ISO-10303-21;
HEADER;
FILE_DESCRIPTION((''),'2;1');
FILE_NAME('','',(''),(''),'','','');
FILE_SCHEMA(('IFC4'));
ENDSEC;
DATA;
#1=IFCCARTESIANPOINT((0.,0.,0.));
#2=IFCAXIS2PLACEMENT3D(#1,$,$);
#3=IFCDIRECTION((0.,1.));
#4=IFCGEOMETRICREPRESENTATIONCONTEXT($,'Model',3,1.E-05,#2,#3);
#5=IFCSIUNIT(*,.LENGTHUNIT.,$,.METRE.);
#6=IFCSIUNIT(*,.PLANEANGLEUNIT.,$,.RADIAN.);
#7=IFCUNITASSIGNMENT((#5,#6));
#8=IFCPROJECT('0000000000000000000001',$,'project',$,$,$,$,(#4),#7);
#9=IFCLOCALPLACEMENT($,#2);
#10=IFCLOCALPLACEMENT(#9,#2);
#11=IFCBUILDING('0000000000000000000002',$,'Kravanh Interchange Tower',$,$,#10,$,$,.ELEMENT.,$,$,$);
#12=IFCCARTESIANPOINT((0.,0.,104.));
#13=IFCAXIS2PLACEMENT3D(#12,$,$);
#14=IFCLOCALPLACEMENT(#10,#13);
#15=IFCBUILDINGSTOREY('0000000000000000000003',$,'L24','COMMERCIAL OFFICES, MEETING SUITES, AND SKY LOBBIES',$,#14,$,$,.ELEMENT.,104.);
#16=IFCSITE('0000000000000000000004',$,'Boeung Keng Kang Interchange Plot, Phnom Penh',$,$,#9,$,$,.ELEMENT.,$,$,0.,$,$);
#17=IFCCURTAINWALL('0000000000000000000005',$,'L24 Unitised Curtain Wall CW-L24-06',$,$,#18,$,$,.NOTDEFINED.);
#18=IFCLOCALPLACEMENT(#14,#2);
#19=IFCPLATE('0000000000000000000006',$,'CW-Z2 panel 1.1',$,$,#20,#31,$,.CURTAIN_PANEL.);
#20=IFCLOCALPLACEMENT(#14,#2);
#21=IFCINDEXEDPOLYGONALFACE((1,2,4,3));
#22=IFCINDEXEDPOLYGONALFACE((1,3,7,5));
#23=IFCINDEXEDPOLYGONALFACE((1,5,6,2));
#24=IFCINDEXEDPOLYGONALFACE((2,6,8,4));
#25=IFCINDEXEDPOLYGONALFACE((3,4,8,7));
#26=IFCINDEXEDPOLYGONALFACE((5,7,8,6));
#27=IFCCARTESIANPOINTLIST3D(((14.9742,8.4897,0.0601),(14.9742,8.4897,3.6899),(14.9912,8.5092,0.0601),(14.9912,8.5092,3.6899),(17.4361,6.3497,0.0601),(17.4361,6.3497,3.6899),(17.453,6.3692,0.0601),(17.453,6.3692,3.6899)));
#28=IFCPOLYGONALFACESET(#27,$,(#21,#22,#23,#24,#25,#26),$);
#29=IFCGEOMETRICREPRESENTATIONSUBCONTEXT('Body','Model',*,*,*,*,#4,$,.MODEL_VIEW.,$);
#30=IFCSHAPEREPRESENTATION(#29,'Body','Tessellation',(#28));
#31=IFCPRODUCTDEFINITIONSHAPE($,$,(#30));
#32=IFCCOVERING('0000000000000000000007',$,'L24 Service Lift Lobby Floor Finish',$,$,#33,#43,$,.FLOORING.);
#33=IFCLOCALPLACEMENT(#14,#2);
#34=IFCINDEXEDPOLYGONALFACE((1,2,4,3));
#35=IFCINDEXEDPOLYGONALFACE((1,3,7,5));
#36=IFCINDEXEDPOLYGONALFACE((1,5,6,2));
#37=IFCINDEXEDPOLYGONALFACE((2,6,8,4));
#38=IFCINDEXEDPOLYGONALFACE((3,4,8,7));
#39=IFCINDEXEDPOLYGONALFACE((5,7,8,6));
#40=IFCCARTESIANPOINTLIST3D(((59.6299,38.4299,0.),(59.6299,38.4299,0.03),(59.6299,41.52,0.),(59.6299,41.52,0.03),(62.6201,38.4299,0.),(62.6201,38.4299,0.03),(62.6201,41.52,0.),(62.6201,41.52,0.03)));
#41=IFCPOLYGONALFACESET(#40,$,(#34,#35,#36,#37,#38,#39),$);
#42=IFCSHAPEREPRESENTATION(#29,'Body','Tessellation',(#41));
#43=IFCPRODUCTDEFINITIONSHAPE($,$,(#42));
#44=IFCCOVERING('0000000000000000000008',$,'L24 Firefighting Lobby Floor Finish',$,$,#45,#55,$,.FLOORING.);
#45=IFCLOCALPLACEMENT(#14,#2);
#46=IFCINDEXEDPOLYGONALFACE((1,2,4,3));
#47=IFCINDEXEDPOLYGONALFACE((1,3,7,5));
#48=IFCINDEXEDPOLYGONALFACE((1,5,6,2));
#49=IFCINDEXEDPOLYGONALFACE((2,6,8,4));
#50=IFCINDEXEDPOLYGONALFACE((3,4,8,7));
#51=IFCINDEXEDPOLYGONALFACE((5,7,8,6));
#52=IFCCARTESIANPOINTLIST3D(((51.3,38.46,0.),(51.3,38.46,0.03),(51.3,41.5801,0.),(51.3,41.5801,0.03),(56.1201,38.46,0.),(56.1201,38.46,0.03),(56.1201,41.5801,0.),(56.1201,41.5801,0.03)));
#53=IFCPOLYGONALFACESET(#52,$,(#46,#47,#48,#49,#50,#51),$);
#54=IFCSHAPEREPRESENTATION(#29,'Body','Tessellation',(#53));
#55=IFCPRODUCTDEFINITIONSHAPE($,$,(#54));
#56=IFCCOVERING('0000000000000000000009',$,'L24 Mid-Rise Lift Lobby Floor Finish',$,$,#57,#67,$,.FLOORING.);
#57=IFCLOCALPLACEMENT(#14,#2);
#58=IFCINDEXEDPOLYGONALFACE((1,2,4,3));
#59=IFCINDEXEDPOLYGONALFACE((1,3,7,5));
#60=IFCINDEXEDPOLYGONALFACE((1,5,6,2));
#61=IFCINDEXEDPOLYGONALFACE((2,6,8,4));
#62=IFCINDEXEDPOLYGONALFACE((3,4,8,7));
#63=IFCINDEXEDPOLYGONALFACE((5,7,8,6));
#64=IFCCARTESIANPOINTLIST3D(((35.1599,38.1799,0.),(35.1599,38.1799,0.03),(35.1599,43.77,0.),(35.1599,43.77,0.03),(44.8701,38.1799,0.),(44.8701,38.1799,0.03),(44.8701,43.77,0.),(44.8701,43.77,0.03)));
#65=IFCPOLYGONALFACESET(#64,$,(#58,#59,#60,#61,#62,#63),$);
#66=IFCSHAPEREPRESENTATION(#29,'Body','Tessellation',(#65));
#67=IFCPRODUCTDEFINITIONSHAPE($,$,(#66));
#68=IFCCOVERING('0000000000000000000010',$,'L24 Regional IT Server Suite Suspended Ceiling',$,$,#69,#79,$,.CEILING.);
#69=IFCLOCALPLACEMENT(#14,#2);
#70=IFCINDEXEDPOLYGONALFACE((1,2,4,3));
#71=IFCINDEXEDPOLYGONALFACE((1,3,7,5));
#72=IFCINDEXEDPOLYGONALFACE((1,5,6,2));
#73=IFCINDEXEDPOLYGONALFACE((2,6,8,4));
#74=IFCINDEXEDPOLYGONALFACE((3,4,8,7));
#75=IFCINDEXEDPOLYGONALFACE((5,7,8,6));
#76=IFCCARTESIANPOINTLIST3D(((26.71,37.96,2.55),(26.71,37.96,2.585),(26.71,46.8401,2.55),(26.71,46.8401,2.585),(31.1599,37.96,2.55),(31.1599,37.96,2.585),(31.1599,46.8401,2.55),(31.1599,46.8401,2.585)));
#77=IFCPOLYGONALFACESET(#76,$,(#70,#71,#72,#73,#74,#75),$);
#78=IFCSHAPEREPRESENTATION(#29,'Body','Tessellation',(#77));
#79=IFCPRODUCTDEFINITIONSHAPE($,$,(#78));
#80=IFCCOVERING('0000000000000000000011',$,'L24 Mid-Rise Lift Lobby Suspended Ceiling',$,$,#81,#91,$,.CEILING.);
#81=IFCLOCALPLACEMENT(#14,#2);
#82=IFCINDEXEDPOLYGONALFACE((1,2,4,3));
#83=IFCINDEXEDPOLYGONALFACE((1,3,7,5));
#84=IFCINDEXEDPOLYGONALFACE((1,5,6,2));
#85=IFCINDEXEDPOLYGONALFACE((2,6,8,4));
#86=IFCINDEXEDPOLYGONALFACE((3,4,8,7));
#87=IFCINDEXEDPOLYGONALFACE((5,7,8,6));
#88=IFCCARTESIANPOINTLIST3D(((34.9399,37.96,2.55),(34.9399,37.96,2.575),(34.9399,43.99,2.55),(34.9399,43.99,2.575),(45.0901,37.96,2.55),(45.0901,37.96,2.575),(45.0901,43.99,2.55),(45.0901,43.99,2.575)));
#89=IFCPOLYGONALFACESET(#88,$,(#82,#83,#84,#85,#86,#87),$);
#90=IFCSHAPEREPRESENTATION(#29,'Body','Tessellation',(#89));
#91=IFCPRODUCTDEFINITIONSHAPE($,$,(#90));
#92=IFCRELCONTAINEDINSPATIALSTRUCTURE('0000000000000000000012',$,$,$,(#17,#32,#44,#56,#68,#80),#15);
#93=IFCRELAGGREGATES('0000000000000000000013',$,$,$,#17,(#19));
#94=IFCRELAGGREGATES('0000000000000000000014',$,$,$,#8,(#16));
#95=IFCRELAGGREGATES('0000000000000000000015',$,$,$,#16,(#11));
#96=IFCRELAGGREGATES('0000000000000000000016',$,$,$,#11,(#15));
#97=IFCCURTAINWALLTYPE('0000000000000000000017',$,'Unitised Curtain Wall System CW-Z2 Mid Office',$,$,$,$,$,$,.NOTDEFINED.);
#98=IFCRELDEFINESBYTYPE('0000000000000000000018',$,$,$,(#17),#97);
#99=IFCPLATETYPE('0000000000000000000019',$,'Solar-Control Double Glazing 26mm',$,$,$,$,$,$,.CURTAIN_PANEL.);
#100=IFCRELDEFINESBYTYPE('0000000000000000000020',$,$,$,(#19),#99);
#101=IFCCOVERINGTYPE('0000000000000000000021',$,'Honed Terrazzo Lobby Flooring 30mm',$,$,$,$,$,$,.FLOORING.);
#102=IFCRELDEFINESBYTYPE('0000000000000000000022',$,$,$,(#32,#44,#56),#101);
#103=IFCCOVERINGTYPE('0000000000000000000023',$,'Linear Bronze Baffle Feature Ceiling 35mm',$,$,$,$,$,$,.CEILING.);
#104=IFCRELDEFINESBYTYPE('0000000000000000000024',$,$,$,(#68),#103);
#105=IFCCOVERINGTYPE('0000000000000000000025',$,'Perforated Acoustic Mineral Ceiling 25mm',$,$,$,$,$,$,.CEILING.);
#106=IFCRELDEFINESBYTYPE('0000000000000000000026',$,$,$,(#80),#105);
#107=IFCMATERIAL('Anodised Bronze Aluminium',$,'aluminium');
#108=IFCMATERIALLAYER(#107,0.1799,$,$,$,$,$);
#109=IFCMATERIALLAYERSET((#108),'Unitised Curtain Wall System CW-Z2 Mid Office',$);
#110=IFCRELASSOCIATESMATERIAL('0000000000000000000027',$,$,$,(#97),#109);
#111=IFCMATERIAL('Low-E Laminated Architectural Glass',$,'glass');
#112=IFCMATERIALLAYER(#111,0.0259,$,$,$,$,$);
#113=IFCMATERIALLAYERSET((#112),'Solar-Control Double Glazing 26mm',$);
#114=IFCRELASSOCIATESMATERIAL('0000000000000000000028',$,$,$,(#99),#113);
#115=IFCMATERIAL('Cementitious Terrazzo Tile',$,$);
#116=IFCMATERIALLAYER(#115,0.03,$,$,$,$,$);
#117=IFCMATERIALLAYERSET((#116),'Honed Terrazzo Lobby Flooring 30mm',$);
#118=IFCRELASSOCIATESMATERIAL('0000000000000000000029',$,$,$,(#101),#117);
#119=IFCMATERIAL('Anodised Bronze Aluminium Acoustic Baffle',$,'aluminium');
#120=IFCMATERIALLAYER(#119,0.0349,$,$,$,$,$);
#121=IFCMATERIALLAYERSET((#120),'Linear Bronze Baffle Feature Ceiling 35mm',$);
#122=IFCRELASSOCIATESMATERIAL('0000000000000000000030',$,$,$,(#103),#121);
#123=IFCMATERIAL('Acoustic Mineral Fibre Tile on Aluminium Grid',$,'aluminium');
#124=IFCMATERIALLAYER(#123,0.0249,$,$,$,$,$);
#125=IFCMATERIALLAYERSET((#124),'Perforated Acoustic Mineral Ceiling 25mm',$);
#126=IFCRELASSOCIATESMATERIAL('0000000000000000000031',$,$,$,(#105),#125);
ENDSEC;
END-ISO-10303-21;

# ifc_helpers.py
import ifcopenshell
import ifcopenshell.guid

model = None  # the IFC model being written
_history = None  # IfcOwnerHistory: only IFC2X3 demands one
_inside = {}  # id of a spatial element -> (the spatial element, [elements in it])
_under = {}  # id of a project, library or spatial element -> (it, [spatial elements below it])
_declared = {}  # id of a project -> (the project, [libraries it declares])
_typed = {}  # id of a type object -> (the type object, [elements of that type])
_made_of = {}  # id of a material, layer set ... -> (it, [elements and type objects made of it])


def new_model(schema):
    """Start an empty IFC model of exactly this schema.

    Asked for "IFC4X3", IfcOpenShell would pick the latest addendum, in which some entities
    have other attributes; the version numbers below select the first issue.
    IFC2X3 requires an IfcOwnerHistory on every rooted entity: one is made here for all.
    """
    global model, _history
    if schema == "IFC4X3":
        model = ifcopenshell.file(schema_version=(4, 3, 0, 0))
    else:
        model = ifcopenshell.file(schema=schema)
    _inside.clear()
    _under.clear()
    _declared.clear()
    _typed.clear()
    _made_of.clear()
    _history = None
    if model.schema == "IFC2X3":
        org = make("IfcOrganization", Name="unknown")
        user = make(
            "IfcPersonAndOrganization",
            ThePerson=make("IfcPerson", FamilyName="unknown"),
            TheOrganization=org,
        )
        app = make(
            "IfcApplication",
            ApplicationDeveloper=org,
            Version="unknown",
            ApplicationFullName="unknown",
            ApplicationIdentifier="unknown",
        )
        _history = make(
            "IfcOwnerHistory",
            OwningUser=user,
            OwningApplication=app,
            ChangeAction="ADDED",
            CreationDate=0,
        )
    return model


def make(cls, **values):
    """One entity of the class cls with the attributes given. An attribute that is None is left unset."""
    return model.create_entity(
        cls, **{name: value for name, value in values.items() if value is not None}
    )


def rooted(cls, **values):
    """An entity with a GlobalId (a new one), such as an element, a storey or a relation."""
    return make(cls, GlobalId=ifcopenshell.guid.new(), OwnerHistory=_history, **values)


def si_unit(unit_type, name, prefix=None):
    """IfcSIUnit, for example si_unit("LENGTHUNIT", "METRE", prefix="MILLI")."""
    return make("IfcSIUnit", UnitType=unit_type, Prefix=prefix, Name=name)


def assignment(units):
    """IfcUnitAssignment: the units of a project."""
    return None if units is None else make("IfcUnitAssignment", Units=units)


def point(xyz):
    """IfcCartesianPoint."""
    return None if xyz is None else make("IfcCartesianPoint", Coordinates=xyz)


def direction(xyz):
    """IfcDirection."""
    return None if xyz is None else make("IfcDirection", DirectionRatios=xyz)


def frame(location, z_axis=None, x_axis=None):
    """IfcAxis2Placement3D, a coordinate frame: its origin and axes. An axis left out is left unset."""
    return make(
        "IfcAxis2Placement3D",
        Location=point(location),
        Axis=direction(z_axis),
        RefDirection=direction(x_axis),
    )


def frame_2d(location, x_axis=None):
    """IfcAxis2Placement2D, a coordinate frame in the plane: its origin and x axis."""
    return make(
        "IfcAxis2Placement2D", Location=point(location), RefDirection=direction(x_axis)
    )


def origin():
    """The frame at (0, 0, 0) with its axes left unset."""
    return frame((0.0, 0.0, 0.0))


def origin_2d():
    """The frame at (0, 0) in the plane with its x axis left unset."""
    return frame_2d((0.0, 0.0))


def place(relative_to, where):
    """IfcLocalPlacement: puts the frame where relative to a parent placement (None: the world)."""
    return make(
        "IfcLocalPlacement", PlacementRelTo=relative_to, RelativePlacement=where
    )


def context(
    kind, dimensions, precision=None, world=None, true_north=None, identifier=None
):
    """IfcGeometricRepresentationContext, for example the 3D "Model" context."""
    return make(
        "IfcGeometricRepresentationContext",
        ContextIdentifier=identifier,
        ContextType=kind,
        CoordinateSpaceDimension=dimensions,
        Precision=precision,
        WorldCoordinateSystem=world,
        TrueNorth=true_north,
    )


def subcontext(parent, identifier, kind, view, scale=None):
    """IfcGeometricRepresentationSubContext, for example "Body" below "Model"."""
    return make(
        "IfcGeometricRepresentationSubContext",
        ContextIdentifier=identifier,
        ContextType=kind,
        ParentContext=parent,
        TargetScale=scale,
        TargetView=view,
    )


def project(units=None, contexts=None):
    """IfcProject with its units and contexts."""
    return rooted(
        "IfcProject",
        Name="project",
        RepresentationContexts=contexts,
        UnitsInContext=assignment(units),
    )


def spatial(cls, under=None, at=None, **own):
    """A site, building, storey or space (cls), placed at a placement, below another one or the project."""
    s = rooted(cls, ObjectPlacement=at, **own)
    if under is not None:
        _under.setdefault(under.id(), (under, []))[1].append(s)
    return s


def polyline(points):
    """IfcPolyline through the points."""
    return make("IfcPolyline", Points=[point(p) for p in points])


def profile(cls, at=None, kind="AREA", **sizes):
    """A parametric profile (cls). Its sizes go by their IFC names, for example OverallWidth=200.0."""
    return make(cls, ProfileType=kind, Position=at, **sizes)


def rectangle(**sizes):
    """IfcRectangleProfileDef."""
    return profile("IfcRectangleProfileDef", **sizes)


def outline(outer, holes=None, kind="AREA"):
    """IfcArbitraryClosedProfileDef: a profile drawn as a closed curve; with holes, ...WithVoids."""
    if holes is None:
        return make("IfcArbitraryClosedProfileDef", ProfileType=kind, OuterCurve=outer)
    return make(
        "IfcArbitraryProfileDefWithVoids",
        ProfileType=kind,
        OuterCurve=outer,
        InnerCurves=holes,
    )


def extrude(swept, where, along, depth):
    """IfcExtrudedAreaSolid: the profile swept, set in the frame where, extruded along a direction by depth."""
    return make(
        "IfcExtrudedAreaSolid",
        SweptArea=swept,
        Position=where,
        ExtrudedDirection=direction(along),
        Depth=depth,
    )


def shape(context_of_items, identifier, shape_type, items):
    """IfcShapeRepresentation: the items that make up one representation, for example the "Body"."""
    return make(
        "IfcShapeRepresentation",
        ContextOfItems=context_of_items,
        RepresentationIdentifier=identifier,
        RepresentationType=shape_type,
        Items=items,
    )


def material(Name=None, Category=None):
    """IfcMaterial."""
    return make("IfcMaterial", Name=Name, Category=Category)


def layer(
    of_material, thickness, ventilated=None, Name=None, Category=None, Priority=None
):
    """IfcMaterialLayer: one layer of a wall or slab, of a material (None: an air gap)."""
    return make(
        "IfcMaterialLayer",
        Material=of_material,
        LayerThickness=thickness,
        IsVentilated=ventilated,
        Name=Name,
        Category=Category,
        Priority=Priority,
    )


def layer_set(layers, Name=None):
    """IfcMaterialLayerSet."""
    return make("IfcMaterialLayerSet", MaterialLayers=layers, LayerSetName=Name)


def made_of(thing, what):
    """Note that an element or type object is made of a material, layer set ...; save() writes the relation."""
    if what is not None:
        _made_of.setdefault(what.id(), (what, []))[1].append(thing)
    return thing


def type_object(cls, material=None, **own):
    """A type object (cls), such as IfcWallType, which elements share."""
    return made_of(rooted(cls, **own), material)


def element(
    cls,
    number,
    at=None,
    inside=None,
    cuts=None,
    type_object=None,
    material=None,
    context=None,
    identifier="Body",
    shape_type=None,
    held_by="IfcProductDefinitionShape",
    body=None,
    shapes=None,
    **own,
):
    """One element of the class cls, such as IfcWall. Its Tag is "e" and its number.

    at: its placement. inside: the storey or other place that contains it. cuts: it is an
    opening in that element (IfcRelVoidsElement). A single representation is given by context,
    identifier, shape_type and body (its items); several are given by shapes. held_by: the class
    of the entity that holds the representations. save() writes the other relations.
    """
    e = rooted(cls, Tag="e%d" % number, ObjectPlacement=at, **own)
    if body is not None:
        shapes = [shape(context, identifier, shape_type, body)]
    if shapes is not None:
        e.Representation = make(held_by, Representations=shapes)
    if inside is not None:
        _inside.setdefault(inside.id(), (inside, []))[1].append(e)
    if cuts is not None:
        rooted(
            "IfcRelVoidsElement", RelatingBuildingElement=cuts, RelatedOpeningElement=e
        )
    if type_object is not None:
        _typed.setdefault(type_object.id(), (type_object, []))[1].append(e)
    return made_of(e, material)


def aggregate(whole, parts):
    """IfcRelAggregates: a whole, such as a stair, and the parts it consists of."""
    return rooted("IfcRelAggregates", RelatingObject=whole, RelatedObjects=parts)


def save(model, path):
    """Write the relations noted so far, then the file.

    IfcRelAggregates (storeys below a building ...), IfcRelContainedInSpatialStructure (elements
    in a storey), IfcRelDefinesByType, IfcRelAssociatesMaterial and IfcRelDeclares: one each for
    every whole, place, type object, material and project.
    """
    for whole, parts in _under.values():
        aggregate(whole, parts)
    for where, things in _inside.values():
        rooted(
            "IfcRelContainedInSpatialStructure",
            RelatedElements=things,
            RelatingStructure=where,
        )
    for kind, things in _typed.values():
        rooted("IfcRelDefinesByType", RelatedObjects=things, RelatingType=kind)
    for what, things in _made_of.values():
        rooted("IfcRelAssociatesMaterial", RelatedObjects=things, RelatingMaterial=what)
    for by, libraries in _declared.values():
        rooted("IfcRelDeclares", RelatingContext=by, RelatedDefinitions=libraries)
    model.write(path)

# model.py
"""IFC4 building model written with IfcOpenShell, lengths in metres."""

from ifc_helpers import new_model, si_unit, direction, frame, origin, origin_2d, place, context, subcontext, project, spatial, polyline, rectangle, outline, extrude, material, layer, layer_set, type_object, element, aggregate, save


model = new_model("IFC4")

# Units and contexts
model_context = context("Model", 3, precision=1e-05, world=origin(), true_north=direction((0.0, 1.0)))
body_context = subcontext(model_context, "Body", "Model", "MODEL_VIEW")
ifc_project = project(units=[si_unit("LENGTHUNIT", "METRE"), si_unit("PLANEANGLEUNIT", "RADIAN")], contexts=[model_context])

# Site, building, storey
site_placement = place(None, origin())
site = spatial("IfcSite", under=ifc_project, at=site_placement, Name="Boeung Keng Kang Interchange Plot, Phnom Penh", CompositionType="ELEMENT", RefElevation=0.0)
building_placement = place(site_placement, origin())
building = spatial("IfcBuilding", under=site, at=building_placement, Name="Kravanh Interchange Tower", CompositionType="ELEMENT")
storey_placement = place(building_placement, frame((0.0, 0.0, 104.0)))
storey = spatial("IfcBuildingStorey", under=building, at=storey_placement, Name="L24", Description="COMMERCIAL OFFICES, MEETING SUITES, AND SKY LOBBIES", CompositionType="ELEMENT", Elevation=104.0)

# Shared definitions
ifc_material_1 = material(Name="Anodised Bronze Aluminium", Category="aluminium")
ifc_layer_1 = layer(ifc_material_1, 0.1799)
ifc_layer_set_1 = layer_set([ifc_layer_1], Name="Unitised Curtain Wall System CW-Z2 Mid Office")
curtain_wall_type = type_object("IfcCurtainWallType", Name="Unitised Curtain Wall System CW-Z2 Mid Office", PredefinedType="NOTDEFINED", material=ifc_layer_set_1)

# Curtain wall
curtain_wall_1_placement = place(storey_placement, origin())
curtain_wall_1 = element("IfcCurtainWall", 1, at=curtain_wall_1_placement, inside=storey, type_object=curtain_wall_type, Name="L24 Unitised Curtain Wall CW-L24-06", PredefinedType="NOTDEFINED")

# Plate
ifc_material_2 = material(Name="Low-E Laminated Architectural Glass", Category="glass")
ifc_layer_2 = layer(ifc_material_2, 0.0259)
ifc_layer_set_2 = layer_set([ifc_layer_2], Name="Solar-Control Double Glazing 26mm")
plate_type = type_object("IfcPlateType", Name="Solar-Control Double Glazing 26mm", PredefinedType="CURTAIN_PANEL", material=ifc_layer_set_2)
plate_placement = place(storey_placement, frame((16.2136, 7.4294, 0.0601), z_axis=(0.0, 0.0, 1.0), x_axis=(-0.754719, 0.656048, 0.0)))
plate = element("IfcPlate", 2, at=plate_placement, type_object=plate_type, Name="CW-Z2 panel 1.1", PredefinedType="CURTAIN_PANEL", context=body_context, shape_type="SweptSolid", body=[
    extrude(rectangle(XDim=3.262, YDim=0.0259, at=origin_2d()), origin(), (0.0, 0.0, 1.0), 3.6299),
])
aggregate(curtain_wall_1, [plate])

# Coverings
ifc_material_3 = material(Name="Cementitious Terrazzo Tile")
ifc_layer_3 = layer(ifc_material_3, 0.03)
ifc_layer_set_3 = layer_set([ifc_layer_3], Name="Honed Terrazzo Lobby Flooring 30mm")
covering_type_1 = type_object("IfcCoveringType", Name="Honed Terrazzo Lobby Flooring 30mm", PredefinedType="FLOORING", material=ifc_layer_set_3)
covering_1_placement = place(storey_placement, origin())
element("IfcCovering", 3, at=covering_1_placement, inside=storey, type_object=covering_type_1, Name="L24 Service Lift Lobby Floor Finish", PredefinedType="FLOORING", context=body_context, shape_type="SweptSolid", body=[
    extrude(outline(polyline([(59.6299, 41.52), (62.6201, 41.52), (62.6201, 38.4299), (59.6299, 38.4299), (59.6299, 41.52)])), origin(), (0.0, 0.0, 1.0), 0.03),
])
covering_2_placement = place(storey_placement, origin())
element("IfcCovering", 4, at=covering_2_placement, inside=storey, type_object=covering_type_1, Name="L24 Firefighting Lobby Floor Finish", PredefinedType="FLOORING", context=body_context, shape_type="SweptSolid", body=[
    extrude(outline(polyline([(56.1201, 38.46), (51.3, 38.46), (51.3, 41.5801), (56.1201, 41.5801), (56.1201, 38.46)])), origin(), (0.0, 0.0, 1.0), 0.03),
])
covering_3_placement = place(storey_placement, origin())
element("IfcCovering", 5, at=covering_3_placement, inside=storey, type_object=covering_type_1, Name="L24 Mid-Rise Lift Lobby Floor Finish", PredefinedType="FLOORING", context=body_context, shape_type="SweptSolid", body=[
    extrude(outline(polyline([(35.1599, 43.77), (44.8701, 43.77), (44.8701, 38.1799), (35.1599, 38.1799), (35.1599, 43.77)])), origin(), (0.0, 0.0, 1.0), 0.03),
])
ifc_material_4 = material(Name="Anodised Bronze Aluminium Acoustic Baffle", Category="aluminium")
ifc_layer_4 = layer(ifc_material_4, 0.0349)
ifc_layer_set_4 = layer_set([ifc_layer_4], Name="Linear Bronze Baffle Feature Ceiling 35mm")
covering_type_2 = type_object("IfcCoveringType", Name="Linear Bronze Baffle Feature Ceiling 35mm", PredefinedType="CEILING", material=ifc_layer_set_4)
covering_4_placement = place(storey_placement, frame((0.0, 0.0, 2.55)))
element("IfcCovering", 6, at=covering_4_placement, inside=storey, type_object=covering_type_2, Name="L24 Regional IT Server Suite Suspended Ceiling", PredefinedType="CEILING", context=body_context, shape_type="SweptSolid", body=[
    extrude(outline(polyline([(31.1599, 37.96), (26.71, 37.96), (26.71, 46.8401), (31.1599, 46.8401), (31.1599, 37.96)])), origin(), (0.0, 0.0, 1.0), 0.0349),
])
ifc_material_5 = material(Name="Acoustic Mineral Fibre Tile on Aluminium Grid", Category="aluminium")
ifc_layer_5 = layer(ifc_material_5, 0.0249)
ifc_layer_set_5 = layer_set([ifc_layer_5], Name="Perforated Acoustic Mineral Ceiling 25mm")
covering_type_3 = type_object("IfcCoveringType", Name="Perforated Acoustic Mineral Ceiling 25mm", PredefinedType="CEILING", material=ifc_layer_set_5)
covering_5_placement = place(storey_placement, frame((0.0, 0.0, 2.55)))
element("IfcCovering", 7, at=covering_5_placement, inside=storey, type_object=covering_type_3, Name="L24 Mid-Rise Lift Lobby Suspended Ceiling", PredefinedType="CEILING", context=body_context, shape_type="SweptSolid", body=[
    extrude(outline(polyline([(45.0901, 37.96), (34.9399, 37.96), (34.9399, 43.99), (45.0901, 43.99), (45.0901, 37.96)])), origin(), (0.0, 0.0, 1.0), 0.0249),
])

save(model, "model.ifc")
